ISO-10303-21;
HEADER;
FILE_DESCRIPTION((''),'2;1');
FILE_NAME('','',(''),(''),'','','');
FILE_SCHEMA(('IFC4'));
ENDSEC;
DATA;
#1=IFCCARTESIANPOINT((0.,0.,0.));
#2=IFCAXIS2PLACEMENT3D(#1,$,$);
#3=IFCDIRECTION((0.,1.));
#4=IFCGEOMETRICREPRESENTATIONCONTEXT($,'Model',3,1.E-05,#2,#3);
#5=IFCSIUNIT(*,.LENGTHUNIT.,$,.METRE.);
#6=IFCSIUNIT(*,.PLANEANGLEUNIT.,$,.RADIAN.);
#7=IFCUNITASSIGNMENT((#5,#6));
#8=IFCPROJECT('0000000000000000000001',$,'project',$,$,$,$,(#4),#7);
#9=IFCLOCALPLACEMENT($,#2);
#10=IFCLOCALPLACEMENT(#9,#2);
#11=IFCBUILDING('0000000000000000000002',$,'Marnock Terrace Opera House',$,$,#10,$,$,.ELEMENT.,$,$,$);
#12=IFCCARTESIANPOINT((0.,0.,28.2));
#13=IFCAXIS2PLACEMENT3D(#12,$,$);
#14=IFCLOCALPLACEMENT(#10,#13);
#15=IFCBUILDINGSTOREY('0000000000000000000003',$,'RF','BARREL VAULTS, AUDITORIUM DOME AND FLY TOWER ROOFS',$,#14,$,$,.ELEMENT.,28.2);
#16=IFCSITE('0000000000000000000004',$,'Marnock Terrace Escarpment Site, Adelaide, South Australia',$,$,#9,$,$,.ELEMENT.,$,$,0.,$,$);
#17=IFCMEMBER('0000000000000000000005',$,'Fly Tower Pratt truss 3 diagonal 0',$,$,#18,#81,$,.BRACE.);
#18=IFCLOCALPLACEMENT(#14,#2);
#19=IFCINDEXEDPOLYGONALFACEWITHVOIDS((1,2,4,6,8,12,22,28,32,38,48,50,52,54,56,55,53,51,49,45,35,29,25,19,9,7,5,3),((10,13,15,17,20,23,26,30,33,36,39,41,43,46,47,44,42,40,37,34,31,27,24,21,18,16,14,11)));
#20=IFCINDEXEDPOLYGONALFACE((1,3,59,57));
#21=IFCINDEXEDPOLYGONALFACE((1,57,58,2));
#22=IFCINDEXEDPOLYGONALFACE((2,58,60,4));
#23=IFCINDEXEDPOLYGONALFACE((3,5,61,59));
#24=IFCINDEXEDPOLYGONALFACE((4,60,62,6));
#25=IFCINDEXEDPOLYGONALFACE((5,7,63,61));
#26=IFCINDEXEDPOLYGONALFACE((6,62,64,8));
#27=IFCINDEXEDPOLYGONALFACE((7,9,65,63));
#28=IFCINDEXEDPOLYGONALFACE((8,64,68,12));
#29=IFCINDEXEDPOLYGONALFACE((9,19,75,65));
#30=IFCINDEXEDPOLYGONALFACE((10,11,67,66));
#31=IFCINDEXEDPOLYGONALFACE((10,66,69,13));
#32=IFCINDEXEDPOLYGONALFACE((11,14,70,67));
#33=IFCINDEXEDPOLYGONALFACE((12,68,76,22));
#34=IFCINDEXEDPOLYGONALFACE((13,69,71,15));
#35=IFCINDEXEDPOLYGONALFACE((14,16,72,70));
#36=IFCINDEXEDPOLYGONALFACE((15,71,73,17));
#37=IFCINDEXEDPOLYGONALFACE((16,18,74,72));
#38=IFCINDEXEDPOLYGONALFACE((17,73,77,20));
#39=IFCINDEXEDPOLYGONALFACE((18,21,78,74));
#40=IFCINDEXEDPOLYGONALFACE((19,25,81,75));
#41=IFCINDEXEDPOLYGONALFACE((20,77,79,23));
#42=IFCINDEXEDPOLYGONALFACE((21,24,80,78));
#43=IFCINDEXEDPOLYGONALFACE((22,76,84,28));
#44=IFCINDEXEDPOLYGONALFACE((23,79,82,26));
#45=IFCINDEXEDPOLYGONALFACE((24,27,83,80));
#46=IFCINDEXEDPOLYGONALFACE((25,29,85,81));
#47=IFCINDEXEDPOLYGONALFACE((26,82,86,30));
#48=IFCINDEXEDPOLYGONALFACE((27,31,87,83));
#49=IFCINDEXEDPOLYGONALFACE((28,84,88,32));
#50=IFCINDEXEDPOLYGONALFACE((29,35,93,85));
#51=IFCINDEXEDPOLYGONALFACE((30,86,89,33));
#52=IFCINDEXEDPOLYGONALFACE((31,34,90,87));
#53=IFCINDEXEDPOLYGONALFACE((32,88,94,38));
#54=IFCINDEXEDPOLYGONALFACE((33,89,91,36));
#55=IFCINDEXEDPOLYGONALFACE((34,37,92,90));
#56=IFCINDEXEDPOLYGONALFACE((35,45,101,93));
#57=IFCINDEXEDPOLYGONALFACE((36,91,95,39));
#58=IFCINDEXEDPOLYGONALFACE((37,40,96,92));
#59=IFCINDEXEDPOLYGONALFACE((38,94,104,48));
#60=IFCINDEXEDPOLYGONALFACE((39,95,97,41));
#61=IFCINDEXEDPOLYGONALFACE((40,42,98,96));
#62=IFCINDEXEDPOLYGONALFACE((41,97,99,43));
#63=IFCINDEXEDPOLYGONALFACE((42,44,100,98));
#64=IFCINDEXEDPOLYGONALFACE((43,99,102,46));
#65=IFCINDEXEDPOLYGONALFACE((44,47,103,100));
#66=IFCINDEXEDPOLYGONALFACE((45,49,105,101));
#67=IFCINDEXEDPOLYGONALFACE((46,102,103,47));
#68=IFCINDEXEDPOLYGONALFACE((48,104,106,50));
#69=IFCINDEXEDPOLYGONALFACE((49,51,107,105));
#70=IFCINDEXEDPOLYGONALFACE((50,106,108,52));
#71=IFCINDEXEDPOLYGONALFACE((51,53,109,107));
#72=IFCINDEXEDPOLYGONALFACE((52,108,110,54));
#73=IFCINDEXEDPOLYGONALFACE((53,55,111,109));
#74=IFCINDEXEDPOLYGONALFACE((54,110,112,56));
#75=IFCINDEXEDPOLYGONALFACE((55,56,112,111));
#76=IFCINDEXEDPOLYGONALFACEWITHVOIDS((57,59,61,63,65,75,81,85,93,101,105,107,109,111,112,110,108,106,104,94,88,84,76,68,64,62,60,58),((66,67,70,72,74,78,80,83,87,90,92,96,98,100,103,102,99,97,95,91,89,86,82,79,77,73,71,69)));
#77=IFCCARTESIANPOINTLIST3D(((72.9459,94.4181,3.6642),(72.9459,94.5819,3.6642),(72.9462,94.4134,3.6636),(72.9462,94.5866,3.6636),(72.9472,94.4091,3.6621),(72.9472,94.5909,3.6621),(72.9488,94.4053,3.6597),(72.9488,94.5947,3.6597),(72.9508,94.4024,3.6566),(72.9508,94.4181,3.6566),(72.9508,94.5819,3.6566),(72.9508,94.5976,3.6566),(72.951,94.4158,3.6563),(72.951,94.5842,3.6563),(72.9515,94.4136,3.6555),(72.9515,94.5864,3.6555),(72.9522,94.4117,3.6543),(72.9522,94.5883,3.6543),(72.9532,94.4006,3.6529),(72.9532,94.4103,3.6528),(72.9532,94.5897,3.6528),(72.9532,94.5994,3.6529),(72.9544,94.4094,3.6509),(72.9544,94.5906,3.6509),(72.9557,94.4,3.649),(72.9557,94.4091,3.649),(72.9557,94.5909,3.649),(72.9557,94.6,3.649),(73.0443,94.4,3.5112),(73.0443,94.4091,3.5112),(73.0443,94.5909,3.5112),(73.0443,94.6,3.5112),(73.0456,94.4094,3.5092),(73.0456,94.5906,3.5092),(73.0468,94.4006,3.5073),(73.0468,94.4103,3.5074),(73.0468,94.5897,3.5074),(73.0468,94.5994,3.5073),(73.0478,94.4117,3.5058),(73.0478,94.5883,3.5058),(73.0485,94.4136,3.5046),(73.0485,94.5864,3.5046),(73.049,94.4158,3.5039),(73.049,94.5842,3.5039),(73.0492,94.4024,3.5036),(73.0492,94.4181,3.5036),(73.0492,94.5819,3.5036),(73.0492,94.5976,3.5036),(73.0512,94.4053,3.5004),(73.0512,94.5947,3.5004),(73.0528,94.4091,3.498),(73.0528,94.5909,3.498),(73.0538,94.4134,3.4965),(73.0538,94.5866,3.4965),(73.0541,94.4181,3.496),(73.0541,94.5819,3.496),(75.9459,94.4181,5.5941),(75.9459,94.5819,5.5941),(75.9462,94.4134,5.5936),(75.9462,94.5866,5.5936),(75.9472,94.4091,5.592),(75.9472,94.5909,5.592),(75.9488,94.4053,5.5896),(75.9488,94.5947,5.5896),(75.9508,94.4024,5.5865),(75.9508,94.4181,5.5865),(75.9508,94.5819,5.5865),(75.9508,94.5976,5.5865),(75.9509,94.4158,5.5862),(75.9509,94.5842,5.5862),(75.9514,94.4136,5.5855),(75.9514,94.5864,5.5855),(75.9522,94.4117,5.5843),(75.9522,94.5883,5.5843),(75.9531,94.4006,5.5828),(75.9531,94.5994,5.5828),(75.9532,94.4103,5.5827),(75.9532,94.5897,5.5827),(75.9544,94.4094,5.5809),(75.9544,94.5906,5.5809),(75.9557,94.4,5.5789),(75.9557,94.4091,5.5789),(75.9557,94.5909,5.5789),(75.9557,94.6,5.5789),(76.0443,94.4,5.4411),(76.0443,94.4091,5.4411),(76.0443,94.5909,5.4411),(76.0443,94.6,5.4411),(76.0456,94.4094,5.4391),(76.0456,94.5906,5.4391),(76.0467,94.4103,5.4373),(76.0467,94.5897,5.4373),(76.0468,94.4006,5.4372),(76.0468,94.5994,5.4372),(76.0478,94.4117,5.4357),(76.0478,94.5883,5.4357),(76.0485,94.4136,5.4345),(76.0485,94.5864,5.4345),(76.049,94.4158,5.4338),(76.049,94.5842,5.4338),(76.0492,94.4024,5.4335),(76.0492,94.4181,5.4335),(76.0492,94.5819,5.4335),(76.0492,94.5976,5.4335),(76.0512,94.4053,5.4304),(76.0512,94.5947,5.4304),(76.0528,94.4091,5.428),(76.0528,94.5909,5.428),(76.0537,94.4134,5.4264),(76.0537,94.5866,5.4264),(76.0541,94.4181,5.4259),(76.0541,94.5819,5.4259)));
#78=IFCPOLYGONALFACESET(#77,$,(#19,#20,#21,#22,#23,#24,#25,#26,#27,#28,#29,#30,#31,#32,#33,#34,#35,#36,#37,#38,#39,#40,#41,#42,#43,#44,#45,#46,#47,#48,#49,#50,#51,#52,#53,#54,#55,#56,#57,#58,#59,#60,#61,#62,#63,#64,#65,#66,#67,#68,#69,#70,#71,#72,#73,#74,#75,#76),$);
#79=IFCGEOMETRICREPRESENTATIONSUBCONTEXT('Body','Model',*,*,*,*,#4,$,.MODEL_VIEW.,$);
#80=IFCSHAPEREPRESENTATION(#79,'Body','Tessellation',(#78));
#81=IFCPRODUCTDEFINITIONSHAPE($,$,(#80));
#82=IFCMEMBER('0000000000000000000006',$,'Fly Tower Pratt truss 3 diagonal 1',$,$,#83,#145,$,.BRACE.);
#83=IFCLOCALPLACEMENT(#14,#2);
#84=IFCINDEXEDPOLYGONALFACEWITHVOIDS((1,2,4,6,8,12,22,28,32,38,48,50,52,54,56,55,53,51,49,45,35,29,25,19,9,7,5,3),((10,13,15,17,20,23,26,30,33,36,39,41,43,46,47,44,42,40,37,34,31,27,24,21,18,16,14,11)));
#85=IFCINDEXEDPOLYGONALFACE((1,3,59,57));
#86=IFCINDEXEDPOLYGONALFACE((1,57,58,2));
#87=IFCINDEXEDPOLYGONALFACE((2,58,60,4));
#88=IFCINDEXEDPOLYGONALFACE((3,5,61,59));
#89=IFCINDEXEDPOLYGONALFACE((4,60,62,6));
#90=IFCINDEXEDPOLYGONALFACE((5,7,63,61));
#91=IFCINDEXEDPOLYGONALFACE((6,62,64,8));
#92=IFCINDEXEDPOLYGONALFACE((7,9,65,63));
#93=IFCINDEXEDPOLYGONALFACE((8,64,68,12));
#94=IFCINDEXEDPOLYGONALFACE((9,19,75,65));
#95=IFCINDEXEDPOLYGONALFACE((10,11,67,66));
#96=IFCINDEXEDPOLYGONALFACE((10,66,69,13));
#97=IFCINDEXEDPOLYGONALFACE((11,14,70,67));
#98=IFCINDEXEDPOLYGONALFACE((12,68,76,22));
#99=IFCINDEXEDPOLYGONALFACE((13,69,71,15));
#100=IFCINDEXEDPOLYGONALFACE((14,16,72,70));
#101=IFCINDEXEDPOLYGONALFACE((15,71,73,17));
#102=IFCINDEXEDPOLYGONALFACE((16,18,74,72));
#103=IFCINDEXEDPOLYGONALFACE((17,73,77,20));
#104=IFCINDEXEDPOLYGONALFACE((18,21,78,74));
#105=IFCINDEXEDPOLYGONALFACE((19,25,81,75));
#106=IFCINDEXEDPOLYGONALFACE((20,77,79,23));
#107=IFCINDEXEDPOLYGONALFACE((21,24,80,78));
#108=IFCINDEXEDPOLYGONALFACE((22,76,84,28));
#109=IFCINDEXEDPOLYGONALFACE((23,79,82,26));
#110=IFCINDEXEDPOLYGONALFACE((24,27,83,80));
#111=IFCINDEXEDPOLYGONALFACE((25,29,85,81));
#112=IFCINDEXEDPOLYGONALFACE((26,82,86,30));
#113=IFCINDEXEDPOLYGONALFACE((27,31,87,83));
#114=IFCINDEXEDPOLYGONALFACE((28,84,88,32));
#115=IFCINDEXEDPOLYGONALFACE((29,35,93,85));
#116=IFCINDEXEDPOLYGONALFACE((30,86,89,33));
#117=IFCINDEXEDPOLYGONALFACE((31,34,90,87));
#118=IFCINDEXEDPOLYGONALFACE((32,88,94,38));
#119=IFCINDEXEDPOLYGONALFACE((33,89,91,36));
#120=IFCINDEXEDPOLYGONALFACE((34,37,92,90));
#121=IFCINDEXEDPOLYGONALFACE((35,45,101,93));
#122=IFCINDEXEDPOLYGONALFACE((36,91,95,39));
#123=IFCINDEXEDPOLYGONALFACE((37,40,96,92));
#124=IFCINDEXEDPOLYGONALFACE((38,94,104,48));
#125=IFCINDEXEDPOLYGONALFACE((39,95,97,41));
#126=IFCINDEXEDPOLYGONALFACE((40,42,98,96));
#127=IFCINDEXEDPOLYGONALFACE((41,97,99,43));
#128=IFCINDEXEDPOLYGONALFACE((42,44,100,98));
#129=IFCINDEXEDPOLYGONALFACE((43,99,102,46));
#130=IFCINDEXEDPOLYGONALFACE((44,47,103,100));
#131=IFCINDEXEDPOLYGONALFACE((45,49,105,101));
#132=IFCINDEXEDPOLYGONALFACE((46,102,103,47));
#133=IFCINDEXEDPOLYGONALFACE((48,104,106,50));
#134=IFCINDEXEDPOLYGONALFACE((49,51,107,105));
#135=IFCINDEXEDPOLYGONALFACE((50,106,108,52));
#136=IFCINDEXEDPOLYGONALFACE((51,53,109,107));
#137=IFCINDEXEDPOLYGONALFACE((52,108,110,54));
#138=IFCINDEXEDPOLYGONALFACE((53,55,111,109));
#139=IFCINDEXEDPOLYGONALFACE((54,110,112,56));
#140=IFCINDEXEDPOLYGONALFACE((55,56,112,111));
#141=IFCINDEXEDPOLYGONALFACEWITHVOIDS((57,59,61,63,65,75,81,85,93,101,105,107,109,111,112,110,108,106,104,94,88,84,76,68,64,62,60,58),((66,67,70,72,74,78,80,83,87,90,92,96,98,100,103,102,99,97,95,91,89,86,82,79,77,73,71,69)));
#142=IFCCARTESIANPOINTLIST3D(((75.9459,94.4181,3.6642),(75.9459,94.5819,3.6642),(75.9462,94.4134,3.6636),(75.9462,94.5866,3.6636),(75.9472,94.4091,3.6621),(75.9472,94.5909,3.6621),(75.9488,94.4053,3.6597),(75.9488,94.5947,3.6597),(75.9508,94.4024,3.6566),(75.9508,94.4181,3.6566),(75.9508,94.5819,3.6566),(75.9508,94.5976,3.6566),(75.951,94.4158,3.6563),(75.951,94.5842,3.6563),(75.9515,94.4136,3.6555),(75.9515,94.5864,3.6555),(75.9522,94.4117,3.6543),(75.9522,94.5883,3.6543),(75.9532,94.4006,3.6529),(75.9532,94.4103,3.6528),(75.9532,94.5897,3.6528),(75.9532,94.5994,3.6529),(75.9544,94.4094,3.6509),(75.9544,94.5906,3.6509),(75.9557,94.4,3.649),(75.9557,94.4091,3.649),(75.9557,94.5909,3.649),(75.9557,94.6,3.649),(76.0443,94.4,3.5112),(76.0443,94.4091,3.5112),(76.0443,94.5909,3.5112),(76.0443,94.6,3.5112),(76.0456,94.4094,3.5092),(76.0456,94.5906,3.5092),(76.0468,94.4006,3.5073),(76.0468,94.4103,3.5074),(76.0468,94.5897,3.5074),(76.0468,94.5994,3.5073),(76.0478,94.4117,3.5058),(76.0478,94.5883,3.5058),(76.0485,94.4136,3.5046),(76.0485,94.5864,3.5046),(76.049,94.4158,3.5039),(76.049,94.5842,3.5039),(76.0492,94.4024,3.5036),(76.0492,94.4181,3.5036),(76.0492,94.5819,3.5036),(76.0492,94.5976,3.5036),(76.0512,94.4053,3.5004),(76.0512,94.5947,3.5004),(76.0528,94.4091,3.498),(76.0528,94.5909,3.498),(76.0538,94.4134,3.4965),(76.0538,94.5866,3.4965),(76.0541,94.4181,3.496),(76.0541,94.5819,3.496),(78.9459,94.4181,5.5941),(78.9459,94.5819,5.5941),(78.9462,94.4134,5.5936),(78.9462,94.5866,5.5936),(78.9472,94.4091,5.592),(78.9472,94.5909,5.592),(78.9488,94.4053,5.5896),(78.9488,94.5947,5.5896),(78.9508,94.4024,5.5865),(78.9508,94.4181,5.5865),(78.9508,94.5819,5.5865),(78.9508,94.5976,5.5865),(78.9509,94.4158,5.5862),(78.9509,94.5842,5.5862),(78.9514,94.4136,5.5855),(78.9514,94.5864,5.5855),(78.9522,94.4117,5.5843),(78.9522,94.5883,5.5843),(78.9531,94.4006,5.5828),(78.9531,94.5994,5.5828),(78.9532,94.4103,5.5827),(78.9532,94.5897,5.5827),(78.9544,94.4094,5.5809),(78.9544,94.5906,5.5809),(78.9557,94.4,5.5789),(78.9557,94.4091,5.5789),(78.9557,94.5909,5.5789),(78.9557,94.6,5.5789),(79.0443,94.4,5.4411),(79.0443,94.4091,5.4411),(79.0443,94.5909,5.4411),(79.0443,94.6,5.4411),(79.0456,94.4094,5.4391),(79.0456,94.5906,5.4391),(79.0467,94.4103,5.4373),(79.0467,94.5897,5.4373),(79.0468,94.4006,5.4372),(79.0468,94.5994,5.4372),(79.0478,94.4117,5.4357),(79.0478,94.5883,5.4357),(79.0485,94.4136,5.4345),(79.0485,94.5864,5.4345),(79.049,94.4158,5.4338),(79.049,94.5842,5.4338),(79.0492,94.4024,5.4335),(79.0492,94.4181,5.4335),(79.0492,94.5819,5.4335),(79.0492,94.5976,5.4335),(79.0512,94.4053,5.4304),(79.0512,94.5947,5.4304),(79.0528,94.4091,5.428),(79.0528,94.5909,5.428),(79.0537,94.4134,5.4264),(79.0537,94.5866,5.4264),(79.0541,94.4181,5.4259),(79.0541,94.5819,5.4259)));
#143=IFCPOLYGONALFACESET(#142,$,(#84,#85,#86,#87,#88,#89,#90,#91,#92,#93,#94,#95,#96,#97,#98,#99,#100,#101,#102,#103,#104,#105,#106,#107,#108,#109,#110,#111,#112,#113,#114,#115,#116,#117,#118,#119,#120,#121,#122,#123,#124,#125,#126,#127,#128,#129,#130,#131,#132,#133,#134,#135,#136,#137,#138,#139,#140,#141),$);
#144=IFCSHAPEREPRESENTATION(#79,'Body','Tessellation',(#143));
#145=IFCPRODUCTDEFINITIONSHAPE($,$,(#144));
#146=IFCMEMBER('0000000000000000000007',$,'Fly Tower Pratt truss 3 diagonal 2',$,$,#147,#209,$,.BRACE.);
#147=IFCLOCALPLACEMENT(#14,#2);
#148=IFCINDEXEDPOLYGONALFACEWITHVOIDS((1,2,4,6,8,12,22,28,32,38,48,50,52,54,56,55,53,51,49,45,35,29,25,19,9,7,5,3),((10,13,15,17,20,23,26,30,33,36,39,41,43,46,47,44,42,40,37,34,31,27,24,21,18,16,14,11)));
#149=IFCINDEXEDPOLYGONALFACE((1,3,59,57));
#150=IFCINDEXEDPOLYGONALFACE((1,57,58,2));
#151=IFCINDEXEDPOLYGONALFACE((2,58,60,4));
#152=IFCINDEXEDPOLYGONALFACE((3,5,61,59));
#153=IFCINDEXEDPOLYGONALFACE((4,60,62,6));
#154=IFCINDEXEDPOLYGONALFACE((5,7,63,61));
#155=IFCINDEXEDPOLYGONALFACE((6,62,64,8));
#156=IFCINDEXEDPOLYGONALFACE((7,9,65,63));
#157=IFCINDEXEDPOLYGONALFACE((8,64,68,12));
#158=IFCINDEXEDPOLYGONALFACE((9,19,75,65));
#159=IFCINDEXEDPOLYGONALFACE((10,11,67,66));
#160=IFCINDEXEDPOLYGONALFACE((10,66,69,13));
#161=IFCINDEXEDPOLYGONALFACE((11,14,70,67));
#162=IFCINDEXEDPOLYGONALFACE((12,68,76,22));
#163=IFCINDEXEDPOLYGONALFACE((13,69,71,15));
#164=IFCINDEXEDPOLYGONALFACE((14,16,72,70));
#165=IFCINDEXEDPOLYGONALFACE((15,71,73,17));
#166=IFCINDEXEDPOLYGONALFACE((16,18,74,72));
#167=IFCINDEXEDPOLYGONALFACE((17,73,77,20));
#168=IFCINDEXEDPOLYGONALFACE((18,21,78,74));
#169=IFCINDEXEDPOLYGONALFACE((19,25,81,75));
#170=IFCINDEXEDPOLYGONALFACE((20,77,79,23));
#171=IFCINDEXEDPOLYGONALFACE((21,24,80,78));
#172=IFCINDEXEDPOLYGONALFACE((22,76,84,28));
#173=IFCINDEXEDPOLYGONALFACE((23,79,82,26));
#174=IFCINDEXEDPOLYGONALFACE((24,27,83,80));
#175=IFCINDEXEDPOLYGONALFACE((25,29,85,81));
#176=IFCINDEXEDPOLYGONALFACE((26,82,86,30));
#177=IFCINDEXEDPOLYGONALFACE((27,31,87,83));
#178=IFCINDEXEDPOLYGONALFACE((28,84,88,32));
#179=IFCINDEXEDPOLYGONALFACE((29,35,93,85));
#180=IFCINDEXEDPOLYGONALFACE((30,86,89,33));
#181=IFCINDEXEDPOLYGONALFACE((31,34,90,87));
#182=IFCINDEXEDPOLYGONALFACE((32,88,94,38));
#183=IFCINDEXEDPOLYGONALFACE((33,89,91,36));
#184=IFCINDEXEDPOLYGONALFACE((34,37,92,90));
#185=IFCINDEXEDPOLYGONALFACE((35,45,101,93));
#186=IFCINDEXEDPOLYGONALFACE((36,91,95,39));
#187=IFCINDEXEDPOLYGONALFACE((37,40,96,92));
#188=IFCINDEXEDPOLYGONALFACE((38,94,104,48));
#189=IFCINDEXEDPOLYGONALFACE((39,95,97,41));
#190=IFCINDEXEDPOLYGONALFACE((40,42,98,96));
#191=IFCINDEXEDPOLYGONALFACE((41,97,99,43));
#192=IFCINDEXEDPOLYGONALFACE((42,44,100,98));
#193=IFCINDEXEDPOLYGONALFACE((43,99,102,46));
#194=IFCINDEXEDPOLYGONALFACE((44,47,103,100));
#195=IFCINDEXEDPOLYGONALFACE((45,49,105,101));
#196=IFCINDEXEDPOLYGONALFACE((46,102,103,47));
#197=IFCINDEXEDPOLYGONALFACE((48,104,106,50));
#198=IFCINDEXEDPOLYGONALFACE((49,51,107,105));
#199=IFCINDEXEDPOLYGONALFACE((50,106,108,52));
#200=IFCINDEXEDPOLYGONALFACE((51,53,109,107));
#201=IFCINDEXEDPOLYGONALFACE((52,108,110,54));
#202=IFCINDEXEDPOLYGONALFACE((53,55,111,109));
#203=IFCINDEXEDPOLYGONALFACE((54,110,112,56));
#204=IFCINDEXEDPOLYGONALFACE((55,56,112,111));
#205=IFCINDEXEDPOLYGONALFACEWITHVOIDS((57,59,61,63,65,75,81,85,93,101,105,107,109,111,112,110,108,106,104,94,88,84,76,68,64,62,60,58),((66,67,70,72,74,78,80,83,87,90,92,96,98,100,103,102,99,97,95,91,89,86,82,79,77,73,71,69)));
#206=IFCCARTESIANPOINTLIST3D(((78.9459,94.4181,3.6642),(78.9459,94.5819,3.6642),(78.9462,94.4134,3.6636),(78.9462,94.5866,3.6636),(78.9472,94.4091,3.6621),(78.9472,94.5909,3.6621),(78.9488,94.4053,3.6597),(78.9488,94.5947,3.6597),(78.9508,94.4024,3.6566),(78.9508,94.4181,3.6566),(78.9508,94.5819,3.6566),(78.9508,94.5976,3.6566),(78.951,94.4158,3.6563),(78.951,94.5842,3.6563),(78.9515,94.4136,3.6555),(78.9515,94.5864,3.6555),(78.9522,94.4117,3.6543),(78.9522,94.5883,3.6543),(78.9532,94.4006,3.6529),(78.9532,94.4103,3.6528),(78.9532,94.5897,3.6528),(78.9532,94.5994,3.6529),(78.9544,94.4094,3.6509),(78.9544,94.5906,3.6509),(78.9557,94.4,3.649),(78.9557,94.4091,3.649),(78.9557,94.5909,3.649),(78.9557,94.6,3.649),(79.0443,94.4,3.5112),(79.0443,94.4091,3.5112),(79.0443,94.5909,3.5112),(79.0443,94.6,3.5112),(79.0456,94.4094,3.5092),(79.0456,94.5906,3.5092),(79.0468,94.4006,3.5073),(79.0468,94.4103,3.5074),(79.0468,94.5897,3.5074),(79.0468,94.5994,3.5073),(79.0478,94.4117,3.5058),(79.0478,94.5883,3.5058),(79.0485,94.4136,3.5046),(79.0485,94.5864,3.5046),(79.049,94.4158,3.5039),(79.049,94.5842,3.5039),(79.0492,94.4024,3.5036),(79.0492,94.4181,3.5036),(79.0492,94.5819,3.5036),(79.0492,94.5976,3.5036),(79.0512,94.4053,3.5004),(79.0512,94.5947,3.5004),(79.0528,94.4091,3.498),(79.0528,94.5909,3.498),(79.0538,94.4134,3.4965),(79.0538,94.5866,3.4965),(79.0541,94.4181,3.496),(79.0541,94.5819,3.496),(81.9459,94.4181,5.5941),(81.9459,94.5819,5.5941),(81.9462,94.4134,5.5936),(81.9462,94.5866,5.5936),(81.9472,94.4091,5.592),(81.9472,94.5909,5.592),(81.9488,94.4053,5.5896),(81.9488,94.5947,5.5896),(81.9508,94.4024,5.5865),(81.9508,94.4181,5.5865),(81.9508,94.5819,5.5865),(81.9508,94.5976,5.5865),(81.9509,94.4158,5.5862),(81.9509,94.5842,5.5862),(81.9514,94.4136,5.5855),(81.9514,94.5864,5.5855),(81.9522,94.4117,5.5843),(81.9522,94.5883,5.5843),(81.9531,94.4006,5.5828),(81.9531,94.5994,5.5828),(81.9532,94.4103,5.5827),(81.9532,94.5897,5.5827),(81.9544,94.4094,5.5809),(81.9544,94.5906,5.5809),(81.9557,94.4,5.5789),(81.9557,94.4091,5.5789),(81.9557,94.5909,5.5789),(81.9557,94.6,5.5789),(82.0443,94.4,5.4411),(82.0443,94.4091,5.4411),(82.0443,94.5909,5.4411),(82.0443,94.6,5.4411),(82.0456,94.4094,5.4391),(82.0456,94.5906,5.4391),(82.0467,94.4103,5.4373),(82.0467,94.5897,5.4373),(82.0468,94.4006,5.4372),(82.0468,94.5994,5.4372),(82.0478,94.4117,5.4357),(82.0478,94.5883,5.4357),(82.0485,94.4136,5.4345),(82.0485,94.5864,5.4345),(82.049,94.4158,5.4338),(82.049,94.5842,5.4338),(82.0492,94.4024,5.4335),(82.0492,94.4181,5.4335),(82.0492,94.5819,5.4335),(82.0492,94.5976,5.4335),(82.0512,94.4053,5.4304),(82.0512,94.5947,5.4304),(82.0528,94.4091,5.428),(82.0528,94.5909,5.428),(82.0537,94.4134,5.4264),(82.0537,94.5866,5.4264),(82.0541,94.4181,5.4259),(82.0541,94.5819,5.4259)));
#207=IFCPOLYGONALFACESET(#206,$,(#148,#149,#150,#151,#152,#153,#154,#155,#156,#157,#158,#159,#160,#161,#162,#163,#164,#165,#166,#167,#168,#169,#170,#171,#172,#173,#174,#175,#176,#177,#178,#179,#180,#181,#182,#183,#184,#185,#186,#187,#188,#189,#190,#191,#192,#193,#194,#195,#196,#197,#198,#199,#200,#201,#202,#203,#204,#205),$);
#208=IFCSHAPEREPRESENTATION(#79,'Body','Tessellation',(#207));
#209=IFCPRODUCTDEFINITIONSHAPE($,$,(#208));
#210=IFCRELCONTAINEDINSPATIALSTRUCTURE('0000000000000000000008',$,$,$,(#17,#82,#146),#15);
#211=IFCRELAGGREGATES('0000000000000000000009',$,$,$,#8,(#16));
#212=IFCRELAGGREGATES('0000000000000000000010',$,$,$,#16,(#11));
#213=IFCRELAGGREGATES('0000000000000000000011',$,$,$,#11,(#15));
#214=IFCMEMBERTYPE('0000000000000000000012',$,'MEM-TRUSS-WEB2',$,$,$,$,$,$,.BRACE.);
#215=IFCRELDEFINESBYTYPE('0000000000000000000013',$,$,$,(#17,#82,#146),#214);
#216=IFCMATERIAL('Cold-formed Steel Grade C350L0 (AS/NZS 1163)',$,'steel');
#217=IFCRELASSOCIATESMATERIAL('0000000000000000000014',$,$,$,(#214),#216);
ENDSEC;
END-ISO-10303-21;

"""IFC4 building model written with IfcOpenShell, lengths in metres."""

from ifc_helpers import new_model, si_unit, direction, frame, origin, origin_2d, place, context, subcontext, project, spatial, hollow_rectangle, extrude, material, material_profile, profile_set, type_object, element, save


model = new_model("IFC4")

# Units and contexts
model_context = context("Model", 3, precision=1e-05, world=origin(), true_north=direction((0.0, 1.0)))
body_context = subcontext(model_context, "Body", "Model", "MODEL_VIEW")
ifc_project = project(units=[si_unit("LENGTHUNIT", "METRE"), si_unit("PLANEANGLEUNIT", "RADIAN")], contexts=[model_context])

# Site, building, storey
site_placement = place(None, origin())
site = spatial("IfcSite", under=ifc_project, at=site_placement, Name="Marnock Terrace Escarpment Site, Adelaide, South Australia", CompositionType="ELEMENT", RefElevation=0.0)
building_placement = place(site_placement, origin())
building = spatial("IfcBuilding", under=site, at=building_placement, Name="Marnock Terrace Opera House", CompositionType="ELEMENT")
storey_placement = place(building_placement, frame((0.0, 0.0, 28.2)))
storey = spatial("IfcBuildingStorey", under=building, at=storey_placement, Name="RF", Description="BARREL VAULTS, AUDITORIUM DOME AND FLY TOWER ROOFS", CompositionType="ELEMENT", Elevation=28.2)

# Members
ifc_material_1 = material(Name="Cold-formed Steel Grade C350L0 (AS/NZS 1163)", Category="steel")
ifc_material_profile_1 = material_profile(ifc_material_1, hollow_rectangle(XDim=0.2, YDim=0.2, WallThickness=0.009, InnerFilletRadius=0.009, OuterFilletRadius=0.0181, at=origin_2d()))
ifc_profile_set_1 = profile_set([ifc_material_profile_1], Name="Cold-formed Steel Grade C350L0 (AS/NZS 1163)")
member_type_1 = type_object("IfcMemberType", Name="MEM-TRUSS-WEB2", PredefinedType="BRACE", material=ifc_profile_set_1)
for number, where, z_axis, x_axis, name in (
    (1, (73.0, 94.5, 3.5801), (0.841005, 0.0, 0.541027), (0.0, 1.0, 0.0), "Fly Tower Pratt truss 3 diagonal 0"),
    (2, (76.0, 94.5, 3.5801), (0.841005, 0.0, 0.541027), (0.0, 1.0, 0.0), "Fly Tower Pratt truss 3 diagonal 1"),
    (3, (79.0, 94.5, 3.5801), (0.841005, 0.0, 0.541027), (0.0, 1.0, 0.0), "Fly Tower Pratt truss 3 diagonal 2"),
):
    element("IfcMember", number, at=place(storey_placement, frame(where, z_axis=z_axis, x_axis=x_axis)), inside=storey, type_object=member_type_1, Name=name, PredefinedType="BRACE", context=body_context, shape_type="SweptSolid", body=[
        extrude(hollow_rectangle(XDim=0.2, YDim=0.2, WallThickness=0.009, InnerFilletRadius=0.009, OuterFilletRadius=0.0181, at=origin_2d()), origin(), (0.0, 0.0, 1.0), 3.5671),
    ])

save(model, "model.ifc")
